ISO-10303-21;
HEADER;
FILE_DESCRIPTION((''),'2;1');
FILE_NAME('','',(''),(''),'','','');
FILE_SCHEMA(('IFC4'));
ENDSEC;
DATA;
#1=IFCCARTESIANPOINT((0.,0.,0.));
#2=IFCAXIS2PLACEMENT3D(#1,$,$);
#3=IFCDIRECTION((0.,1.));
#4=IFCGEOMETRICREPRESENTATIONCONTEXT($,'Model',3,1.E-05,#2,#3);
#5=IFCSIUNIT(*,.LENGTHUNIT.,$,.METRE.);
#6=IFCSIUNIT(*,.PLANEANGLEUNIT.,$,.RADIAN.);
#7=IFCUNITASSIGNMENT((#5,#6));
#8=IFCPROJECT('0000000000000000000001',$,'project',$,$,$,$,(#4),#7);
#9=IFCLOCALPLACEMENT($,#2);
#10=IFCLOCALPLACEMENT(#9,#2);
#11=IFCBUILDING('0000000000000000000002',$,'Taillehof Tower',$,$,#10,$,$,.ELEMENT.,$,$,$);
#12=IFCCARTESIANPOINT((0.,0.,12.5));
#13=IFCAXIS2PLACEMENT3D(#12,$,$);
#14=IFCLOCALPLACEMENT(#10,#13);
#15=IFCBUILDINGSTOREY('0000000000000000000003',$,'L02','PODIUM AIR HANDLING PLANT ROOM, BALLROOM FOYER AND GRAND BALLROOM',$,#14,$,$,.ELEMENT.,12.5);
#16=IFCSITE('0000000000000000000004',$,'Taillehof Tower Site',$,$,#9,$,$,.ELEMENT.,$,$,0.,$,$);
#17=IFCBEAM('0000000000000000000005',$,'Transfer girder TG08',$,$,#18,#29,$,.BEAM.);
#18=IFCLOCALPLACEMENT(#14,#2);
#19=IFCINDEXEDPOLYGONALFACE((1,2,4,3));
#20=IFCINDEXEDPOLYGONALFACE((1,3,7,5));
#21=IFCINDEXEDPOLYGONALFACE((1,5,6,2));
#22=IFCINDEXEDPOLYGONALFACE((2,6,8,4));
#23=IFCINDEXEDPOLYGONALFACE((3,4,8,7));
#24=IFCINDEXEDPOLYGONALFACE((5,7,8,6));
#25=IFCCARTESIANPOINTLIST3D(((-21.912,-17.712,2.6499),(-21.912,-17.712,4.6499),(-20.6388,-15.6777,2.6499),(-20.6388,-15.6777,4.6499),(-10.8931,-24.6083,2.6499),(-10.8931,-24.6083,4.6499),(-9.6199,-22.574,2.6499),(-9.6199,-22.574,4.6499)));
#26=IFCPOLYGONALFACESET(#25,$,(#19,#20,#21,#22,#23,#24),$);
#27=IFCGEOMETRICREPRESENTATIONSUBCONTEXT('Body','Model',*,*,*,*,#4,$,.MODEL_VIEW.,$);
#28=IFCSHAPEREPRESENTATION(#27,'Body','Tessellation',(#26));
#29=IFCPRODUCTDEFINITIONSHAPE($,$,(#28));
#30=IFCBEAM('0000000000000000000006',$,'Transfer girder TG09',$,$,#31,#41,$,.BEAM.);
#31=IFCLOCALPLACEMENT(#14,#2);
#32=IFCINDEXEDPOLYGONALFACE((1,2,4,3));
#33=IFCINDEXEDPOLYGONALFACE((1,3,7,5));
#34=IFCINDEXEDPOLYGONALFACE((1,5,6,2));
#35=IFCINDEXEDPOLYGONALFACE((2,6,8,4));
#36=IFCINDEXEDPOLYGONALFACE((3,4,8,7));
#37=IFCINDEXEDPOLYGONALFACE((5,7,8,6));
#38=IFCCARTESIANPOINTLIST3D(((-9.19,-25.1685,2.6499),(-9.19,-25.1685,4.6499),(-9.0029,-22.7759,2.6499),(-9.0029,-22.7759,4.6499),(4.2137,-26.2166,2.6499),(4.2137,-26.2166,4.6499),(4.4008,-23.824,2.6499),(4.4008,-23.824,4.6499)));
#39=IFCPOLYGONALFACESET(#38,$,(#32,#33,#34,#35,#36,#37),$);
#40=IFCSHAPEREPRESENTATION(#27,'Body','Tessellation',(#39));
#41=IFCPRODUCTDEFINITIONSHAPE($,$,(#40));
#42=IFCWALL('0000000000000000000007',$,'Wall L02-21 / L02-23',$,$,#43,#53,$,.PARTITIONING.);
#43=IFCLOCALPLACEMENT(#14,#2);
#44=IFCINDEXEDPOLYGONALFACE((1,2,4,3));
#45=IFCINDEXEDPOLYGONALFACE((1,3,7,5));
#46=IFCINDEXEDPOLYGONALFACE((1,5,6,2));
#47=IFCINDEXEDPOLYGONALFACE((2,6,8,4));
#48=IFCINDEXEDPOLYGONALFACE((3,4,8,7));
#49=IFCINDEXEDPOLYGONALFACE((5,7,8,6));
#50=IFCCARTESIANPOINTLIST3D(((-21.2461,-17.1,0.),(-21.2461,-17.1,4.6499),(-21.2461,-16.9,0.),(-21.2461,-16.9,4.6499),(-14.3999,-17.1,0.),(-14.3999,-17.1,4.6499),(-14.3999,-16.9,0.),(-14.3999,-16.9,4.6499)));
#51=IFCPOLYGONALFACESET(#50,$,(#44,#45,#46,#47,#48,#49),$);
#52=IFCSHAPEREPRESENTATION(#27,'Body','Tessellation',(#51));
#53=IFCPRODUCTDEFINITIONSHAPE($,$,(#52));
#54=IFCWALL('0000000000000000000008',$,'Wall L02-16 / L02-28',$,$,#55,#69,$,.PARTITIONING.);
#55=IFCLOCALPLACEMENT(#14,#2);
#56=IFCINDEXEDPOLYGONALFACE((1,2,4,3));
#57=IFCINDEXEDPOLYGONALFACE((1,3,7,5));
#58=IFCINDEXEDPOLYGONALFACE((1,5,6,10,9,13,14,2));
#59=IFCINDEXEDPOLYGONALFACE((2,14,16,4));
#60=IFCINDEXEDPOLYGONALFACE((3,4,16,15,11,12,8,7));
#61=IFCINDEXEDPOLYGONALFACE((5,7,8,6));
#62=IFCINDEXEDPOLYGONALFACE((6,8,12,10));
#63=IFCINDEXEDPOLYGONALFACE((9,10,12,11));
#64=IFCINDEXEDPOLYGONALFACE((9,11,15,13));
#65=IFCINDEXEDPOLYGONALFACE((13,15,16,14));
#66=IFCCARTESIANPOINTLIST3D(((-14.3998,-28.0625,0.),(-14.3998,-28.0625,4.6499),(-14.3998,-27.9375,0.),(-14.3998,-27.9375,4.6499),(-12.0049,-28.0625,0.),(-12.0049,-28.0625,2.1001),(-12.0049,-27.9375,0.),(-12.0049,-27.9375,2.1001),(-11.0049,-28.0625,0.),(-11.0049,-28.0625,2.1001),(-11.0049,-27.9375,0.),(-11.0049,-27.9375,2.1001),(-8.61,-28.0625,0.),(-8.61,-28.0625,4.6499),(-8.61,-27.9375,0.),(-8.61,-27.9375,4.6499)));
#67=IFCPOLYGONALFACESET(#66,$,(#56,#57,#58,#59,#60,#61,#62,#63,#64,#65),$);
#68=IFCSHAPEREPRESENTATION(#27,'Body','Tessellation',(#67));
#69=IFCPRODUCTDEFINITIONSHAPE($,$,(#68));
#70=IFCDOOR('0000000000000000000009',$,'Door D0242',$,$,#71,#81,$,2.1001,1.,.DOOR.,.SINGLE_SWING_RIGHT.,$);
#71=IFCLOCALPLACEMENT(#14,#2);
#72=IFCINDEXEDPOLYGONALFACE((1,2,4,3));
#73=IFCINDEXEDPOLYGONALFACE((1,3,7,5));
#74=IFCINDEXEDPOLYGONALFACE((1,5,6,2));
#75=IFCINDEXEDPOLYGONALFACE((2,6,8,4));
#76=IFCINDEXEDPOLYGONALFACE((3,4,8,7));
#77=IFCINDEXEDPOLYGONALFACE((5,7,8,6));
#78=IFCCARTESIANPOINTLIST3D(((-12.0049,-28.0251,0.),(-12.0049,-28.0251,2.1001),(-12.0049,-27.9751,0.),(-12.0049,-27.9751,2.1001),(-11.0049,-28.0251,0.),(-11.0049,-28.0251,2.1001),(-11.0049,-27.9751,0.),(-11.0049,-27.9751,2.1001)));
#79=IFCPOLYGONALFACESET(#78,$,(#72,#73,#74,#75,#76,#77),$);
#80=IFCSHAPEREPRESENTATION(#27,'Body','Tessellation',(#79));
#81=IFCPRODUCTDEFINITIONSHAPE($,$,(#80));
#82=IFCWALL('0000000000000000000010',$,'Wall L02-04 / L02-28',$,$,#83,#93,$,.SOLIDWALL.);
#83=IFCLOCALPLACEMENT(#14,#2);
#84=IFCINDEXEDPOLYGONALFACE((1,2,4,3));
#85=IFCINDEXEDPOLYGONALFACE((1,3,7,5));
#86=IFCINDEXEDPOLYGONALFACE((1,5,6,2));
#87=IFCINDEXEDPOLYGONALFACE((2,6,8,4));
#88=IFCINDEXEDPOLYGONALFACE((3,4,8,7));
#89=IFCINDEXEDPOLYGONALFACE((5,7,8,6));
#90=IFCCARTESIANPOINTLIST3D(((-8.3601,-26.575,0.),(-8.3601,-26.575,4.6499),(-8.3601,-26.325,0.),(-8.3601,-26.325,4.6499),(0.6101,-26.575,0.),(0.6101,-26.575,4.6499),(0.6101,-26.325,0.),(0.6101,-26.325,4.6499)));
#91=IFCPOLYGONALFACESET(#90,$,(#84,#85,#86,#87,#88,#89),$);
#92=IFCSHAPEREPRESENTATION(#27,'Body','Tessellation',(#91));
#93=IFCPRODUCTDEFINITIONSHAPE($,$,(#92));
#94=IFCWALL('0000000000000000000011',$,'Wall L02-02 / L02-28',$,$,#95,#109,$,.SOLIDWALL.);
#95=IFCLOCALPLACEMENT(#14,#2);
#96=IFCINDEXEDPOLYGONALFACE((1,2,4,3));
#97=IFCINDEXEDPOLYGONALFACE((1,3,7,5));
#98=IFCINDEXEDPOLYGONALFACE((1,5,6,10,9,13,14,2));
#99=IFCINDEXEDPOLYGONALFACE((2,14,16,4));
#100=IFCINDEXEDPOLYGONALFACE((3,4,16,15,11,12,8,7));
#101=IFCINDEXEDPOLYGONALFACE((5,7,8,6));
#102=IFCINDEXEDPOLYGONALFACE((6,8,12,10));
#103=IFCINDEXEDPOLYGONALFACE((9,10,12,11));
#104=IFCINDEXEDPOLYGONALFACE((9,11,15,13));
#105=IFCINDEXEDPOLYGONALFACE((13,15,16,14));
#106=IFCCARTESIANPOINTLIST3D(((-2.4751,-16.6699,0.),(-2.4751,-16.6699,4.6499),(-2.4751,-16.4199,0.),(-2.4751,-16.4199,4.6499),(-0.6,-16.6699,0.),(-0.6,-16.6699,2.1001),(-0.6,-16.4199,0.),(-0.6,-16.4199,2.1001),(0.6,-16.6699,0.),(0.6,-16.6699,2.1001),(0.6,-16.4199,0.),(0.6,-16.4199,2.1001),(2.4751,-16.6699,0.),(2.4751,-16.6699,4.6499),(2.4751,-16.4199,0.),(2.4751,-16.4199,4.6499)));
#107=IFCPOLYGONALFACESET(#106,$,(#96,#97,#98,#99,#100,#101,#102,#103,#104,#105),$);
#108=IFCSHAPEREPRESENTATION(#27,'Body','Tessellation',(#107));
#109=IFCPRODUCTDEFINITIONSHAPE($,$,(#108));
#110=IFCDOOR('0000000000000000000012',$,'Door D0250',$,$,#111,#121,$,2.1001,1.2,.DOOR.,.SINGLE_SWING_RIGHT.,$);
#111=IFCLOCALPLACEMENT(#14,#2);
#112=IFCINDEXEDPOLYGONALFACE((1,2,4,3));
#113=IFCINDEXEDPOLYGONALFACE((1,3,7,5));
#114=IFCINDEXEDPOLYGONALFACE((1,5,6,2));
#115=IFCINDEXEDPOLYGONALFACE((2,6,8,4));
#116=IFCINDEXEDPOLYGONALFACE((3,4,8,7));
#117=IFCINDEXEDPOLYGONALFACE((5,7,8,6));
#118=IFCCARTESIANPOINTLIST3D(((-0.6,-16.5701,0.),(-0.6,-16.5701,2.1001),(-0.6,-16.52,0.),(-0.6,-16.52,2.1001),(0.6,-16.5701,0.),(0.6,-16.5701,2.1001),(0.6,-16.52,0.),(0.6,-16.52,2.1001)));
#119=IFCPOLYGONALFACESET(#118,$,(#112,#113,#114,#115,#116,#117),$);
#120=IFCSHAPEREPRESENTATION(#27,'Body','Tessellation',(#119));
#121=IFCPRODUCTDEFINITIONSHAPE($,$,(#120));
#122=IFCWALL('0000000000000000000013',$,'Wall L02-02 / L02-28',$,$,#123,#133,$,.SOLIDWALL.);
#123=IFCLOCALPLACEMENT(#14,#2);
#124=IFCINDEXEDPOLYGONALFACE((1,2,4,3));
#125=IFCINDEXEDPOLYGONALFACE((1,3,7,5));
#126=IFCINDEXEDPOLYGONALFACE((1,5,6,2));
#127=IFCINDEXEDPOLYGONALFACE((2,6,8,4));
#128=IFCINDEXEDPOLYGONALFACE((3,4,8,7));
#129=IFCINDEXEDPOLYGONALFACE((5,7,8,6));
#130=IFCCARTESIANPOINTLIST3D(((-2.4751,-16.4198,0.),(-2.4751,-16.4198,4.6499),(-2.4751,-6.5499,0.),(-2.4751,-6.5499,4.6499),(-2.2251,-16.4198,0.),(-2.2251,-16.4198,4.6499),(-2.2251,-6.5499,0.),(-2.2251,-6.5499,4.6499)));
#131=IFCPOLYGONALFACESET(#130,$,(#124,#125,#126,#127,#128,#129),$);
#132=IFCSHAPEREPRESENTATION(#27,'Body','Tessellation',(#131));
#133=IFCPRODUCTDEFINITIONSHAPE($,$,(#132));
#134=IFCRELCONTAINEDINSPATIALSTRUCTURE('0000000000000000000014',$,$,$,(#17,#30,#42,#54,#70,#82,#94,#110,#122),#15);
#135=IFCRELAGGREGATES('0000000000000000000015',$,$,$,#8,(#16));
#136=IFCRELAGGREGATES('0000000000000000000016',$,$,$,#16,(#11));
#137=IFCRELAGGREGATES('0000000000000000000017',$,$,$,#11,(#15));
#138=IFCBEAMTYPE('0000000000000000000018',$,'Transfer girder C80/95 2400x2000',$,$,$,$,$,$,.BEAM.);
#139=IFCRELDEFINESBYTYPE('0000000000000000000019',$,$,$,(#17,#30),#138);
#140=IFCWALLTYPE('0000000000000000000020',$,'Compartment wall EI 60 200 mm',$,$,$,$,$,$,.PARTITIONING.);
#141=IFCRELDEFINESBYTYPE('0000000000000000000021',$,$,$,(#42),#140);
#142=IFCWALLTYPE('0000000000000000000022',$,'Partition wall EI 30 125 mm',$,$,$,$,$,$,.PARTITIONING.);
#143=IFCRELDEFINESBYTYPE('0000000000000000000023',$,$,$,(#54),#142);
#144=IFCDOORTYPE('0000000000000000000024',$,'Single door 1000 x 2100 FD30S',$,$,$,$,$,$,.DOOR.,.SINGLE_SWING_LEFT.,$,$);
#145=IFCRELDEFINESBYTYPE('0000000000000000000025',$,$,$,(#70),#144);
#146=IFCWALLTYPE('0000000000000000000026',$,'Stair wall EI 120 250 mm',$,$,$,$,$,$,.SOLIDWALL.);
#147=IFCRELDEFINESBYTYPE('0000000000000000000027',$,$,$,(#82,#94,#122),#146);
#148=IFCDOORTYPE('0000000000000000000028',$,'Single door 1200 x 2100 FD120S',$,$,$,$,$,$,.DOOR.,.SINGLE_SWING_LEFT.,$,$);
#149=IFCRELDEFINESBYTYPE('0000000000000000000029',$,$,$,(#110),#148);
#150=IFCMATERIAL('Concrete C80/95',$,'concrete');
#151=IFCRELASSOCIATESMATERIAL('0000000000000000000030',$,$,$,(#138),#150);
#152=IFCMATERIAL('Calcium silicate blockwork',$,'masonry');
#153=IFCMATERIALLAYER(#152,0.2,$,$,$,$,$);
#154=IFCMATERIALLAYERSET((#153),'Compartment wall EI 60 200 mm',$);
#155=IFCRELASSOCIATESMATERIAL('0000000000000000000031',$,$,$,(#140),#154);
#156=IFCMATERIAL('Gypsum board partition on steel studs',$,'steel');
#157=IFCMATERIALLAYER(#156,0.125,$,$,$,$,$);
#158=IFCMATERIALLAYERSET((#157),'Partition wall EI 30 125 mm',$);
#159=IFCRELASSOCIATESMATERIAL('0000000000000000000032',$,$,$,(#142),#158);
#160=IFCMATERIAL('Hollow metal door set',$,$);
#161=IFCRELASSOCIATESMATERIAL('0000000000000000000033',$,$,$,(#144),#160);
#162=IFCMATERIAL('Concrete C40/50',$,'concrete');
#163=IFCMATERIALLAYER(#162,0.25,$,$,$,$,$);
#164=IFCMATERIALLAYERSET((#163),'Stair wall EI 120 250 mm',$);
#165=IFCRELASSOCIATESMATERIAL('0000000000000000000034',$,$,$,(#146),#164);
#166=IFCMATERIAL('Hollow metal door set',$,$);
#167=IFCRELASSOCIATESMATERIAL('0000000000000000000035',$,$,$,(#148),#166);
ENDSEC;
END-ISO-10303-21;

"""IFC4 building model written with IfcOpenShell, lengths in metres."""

from ifc_helpers import new_model, si_unit, direction, frame, frame_2d, origin, origin_2d, place, context, subcontext, project, spatial, rectangle, extrude, material, layer, layer_set, material_profile, profile_set, type_object, element, fill, save


model = new_model("IFC4")

# Units and contexts
model_context = context("Model", 3, precision=1e-05, world=origin(), true_north=direction((0.0, 1.0)))
body_context = subcontext(model_context, "Body", "Model", "MODEL_VIEW")
ifc_project = project(units=[si_unit("LENGTHUNIT", "METRE"), si_unit("PLANEANGLEUNIT", "RADIAN")], contexts=[model_context])

# Site, building, storey
site_placement = place(None, origin())
site = spatial("IfcSite", under=ifc_project, at=site_placement, Name="Taillehof Tower Site", CompositionType="ELEMENT", RefElevation=0.0)
building_placement = place(site_placement, origin())
building = spatial("IfcBuilding", under=site, at=building_placement, Name="Taillehof Tower", CompositionType="ELEMENT")
storey_placement = place(building_placement, frame((0.0, 0.0, 12.5)))
storey = spatial("IfcBuildingStorey", under=building, at=storey_placement, Name="L02", Description="PODIUM AIR HANDLING PLANT ROOM, BALLROOM FOYER AND GRAND BALLROOM", CompositionType="ELEMENT", Elevation=12.5)

# Beams
ifc_material_1 = material(Name="Concrete C80/95", Category="concrete")
ifc_material_profile_1 = material_profile(ifc_material_1, rectangle(XDim=2.3999, YDim=2.0, at=origin_2d()), Name="RC 2400x2000")
ifc_profile_set_1 = profile_set([ifc_material_profile_1], Name="Concrete C80/95")
beam_type_1 = type_object("IfcBeamType", Name="Transfer girder C80/95 2400x2000", PredefinedType="BEAM", material=ifc_profile_set_1)
beam_1_placement = place(storey_placement, frame((-21.2754, -16.6948, 3.6499), z_axis=(0.84767, -0.530524, 0.0), x_axis=(0.530524, 0.84767, 0.0)))
element("IfcBeam", 1, at=beam_1_placement, inside=storey, type_object=beam_type_1, Name="Transfer girder TG08", PredefinedType="BEAM", context=body_context, shape_type="SweptSolid", body=[
    extrude(rectangle(XDim=2.3999, YDim=2.0, at=origin_2d()), origin(), (0.0, 0.0, 1.0), 12.999),
])
beam_2_placement = place(storey_placement, frame((-9.0964, -23.9722, 3.6499), z_axis=(0.996957, -0.077957, 0.0), x_axis=(0.077957, 0.996957, 0.0)))
element("IfcBeam", 2, at=beam_2_placement, inside=storey, type_object=beam_type_1, Name="Transfer girder TG09", PredefinedType="BEAM", context=body_context, shape_type="SweptSolid", body=[
    extrude(rectangle(XDim=2.3999, YDim=2.0, at=origin_2d()), origin(), (0.0, 0.0, 1.0), 13.4446),
])

# Wall
ifc_material_2 = material(Name="Calcium silicate blockwork", Category="masonry")
ifc_layer_1 = layer(ifc_material_2, 0.2)
ifc_layer_set_1 = layer_set([ifc_layer_1], Name="Compartment wall EI 60 200 mm")
wall_type_1 = type_object("IfcWallType", Name="Compartment wall EI 60 200 mm", PredefinedType="PARTITIONING", material=ifc_layer_set_1)
wall_1_placement = place(storey_placement, frame((-21.2461, -17.0, 0.0), z_axis=(0.0, 0.0, 1.0), x_axis=(1.0, 0.0, 0.0)))
element("IfcWall", 3, at=wall_1_placement, inside=storey, type_object=wall_type_1, Name="Wall L02-21 / L02-23", PredefinedType="PARTITIONING", context=body_context, shape_type="SweptSolid", body=[
    extrude(rectangle(XDim=6.8462, YDim=0.2, at=frame_2d((3.4231, 0.0))), origin(), (0.0, 0.0, 1.0), 4.6499),
])

# Wall, opening, door
ifc_material_3 = material(Name="Gypsum board partition on steel studs", Category="steel")
ifc_layer_2 = layer(ifc_material_3, 0.125)
ifc_layer_set_2 = layer_set([ifc_layer_2], Name="Partition wall EI 30 125 mm")
wall_type_2 = type_object("IfcWallType", Name="Partition wall EI 30 125 mm", PredefinedType="PARTITIONING", material=ifc_layer_set_2)
wall_2_placement = place(storey_placement, frame((-14.3999, -28.0, 0.0), z_axis=(0.0, 0.0, 1.0), x_axis=(1.0, 0.0, 0.0)))
wall_2 = element("IfcWall", 4, at=wall_2_placement, inside=storey, type_object=wall_type_2, Name="Wall L02-16 / L02-28", PredefinedType="PARTITIONING", context=body_context, shape_type="SweptSolid", body=[
    extrude(rectangle(XDim=5.7898, YDim=0.125, at=frame_2d((2.895, 0.0))), origin(), (0.0, 0.0, 1.0), 4.6499),
])
opening_1_placement = place(wall_2_placement, frame((2.395, 0.0, 0.0)))
opening_1 = element("IfcOpeningElement", 5, at=opening_1_placement, cuts=wall_2, PredefinedType="OPENING", context=body_context, shape_type="SweptSolid", body=[
    extrude(rectangle(XDim=1.0, YDim=2.1001, at=frame_2d((0.5, 1.05))), frame((0.0, 0.0725, 0.0), z_axis=(0.0, -1.0, 0.0), x_axis=(1.0, 0.0, 0.0)), (0.0, 0.0, 1.0), 0.145),
])
ifc_material_4 = material(Name="Hollow metal door set")
door_type_1 = type_object("IfcDoorType", Name="Single door 1000 x 2100 FD30S", OperationType="SINGLE_SWING_LEFT", PredefinedType="DOOR", material=ifc_material_4)
door_1_placement = place(opening_1_placement, origin())
door_1 = element("IfcDoor", 6, at=door_1_placement, inside=storey, type_object=door_type_1, Name="Door D0242", OperationType="SINGLE_SWING_RIGHT", OverallHeight=2.1001, OverallWidth=1.0, PredefinedType="DOOR", context=body_context, shape_type="SweptSolid", body=[
    extrude(rectangle(XDim=1.0, YDim=2.1001, at=frame_2d((0.5, 1.05))), frame((0.0, 0.0249, 0.0), z_axis=(0.0, -1.0, 0.0), x_axis=(1.0, 0.0, 0.0)), (0.0, 0.0, 1.0), 0.05),
])
fill(opening_1, door_1)

# Wall
ifc_material_5 = material(Name="Concrete C40/50", Category="concrete")
ifc_layer_3 = layer(ifc_material_5, 0.25)
ifc_layer_set_3 = layer_set([ifc_layer_3], Name="Stair wall EI 120 250 mm")
wall_type_3 = type_object("IfcWallType", Name="Stair wall EI 120 250 mm", PredefinedType="SOLIDWALL", material=ifc_layer_set_3)
wall_3_placement = place(storey_placement, frame((-8.3601, -26.45, 0.0), z_axis=(0.0, 0.0, 1.0), x_axis=(1.0, 0.0, 0.0)))
element("IfcWall", 7, at=wall_3_placement, inside=storey, type_object=wall_type_3, Name="Wall L02-04 / L02-28", PredefinedType="SOLIDWALL", context=body_context, shape_type="SweptSolid", body=[
    extrude(rectangle(XDim=8.9702, YDim=0.25, at=frame_2d((4.4851, 0.0))), origin(), (0.0, 0.0, 1.0), 4.6499),
])

# Wall, opening, door
wall_4_placement = place(storey_placement, frame((-2.4751, -16.5449, 0.0), z_axis=(0.0, 0.0, 1.0), x_axis=(1.0, 0.0, 0.0)))
wall_4 = element("IfcWall", 8, at=wall_4_placement, inside=storey, type_object=wall_type_3, Name="Wall L02-02 / L02-28", PredefinedType="SOLIDWALL", context=body_context, shape_type="SweptSolid", body=[
    extrude(rectangle(XDim=4.9502, YDim=0.25, at=frame_2d((2.4751, 0.0))), origin(), (0.0, 0.0, 1.0), 4.6499),
])
opening_2_placement = place(wall_4_placement, frame((1.875, 0.0, 0.0)))
opening_2 = element("IfcOpeningElement", 9, at=opening_2_placement, cuts=wall_4, PredefinedType="OPENING", context=body_context, shape_type="SweptSolid", body=[
    extrude(rectangle(XDim=1.2, YDim=2.1001, at=frame_2d((0.6001, 1.05))), frame((0.0, 0.135, 0.0), z_axis=(0.0, -1.0, 0.0), x_axis=(1.0, 0.0, 0.0)), (0.0, 0.0, 1.0), 0.27),
])
ifc_material_6 = material(Name="Hollow metal door set")
door_type_2 = type_object("IfcDoorType", Name="Single door 1200 x 2100 FD120S", OperationType="SINGLE_SWING_LEFT", PredefinedType="DOOR", material=ifc_material_6)
door_2_placement = place(opening_2_placement, origin())
door_2 = element("IfcDoor", 10, at=door_2_placement, inside=storey, type_object=door_type_2, Name="Door D0250", OperationType="SINGLE_SWING_RIGHT", OverallHeight=2.1001, OverallWidth=1.2, PredefinedType="DOOR", context=body_context, shape_type="SweptSolid", body=[
    extrude(rectangle(XDim=1.2, YDim=2.1001, at=frame_2d((0.6001, 1.05))), frame((0.0, 0.0249, 0.0), z_axis=(0.0, -1.0, 0.0), x_axis=(1.0, 0.0, 0.0)), (0.0, 0.0, 1.0), 0.05),
])
fill(opening_2, door_2)

# Wall
wall_5_placement = place(storey_placement, frame((-2.3501, -16.4199, 0.0), z_axis=(0.0, 0.0, 1.0), x_axis=(0.0, 1.0, 0.0)))
element("IfcWall", 11, at=wall_5_placement, inside=storey, type_object=wall_type_3, Name="Wall L02-02 / L02-28", PredefinedType="SOLIDWALL", context=body_context, shape_type="SweptSolid", body=[
    extrude(rectangle(XDim=9.8699, YDim=0.25, at=frame_2d((4.9351, 0.0))), origin(), (0.0, 0.0, 1.0), 4.6499),
])

save(model, "model.ifc")
